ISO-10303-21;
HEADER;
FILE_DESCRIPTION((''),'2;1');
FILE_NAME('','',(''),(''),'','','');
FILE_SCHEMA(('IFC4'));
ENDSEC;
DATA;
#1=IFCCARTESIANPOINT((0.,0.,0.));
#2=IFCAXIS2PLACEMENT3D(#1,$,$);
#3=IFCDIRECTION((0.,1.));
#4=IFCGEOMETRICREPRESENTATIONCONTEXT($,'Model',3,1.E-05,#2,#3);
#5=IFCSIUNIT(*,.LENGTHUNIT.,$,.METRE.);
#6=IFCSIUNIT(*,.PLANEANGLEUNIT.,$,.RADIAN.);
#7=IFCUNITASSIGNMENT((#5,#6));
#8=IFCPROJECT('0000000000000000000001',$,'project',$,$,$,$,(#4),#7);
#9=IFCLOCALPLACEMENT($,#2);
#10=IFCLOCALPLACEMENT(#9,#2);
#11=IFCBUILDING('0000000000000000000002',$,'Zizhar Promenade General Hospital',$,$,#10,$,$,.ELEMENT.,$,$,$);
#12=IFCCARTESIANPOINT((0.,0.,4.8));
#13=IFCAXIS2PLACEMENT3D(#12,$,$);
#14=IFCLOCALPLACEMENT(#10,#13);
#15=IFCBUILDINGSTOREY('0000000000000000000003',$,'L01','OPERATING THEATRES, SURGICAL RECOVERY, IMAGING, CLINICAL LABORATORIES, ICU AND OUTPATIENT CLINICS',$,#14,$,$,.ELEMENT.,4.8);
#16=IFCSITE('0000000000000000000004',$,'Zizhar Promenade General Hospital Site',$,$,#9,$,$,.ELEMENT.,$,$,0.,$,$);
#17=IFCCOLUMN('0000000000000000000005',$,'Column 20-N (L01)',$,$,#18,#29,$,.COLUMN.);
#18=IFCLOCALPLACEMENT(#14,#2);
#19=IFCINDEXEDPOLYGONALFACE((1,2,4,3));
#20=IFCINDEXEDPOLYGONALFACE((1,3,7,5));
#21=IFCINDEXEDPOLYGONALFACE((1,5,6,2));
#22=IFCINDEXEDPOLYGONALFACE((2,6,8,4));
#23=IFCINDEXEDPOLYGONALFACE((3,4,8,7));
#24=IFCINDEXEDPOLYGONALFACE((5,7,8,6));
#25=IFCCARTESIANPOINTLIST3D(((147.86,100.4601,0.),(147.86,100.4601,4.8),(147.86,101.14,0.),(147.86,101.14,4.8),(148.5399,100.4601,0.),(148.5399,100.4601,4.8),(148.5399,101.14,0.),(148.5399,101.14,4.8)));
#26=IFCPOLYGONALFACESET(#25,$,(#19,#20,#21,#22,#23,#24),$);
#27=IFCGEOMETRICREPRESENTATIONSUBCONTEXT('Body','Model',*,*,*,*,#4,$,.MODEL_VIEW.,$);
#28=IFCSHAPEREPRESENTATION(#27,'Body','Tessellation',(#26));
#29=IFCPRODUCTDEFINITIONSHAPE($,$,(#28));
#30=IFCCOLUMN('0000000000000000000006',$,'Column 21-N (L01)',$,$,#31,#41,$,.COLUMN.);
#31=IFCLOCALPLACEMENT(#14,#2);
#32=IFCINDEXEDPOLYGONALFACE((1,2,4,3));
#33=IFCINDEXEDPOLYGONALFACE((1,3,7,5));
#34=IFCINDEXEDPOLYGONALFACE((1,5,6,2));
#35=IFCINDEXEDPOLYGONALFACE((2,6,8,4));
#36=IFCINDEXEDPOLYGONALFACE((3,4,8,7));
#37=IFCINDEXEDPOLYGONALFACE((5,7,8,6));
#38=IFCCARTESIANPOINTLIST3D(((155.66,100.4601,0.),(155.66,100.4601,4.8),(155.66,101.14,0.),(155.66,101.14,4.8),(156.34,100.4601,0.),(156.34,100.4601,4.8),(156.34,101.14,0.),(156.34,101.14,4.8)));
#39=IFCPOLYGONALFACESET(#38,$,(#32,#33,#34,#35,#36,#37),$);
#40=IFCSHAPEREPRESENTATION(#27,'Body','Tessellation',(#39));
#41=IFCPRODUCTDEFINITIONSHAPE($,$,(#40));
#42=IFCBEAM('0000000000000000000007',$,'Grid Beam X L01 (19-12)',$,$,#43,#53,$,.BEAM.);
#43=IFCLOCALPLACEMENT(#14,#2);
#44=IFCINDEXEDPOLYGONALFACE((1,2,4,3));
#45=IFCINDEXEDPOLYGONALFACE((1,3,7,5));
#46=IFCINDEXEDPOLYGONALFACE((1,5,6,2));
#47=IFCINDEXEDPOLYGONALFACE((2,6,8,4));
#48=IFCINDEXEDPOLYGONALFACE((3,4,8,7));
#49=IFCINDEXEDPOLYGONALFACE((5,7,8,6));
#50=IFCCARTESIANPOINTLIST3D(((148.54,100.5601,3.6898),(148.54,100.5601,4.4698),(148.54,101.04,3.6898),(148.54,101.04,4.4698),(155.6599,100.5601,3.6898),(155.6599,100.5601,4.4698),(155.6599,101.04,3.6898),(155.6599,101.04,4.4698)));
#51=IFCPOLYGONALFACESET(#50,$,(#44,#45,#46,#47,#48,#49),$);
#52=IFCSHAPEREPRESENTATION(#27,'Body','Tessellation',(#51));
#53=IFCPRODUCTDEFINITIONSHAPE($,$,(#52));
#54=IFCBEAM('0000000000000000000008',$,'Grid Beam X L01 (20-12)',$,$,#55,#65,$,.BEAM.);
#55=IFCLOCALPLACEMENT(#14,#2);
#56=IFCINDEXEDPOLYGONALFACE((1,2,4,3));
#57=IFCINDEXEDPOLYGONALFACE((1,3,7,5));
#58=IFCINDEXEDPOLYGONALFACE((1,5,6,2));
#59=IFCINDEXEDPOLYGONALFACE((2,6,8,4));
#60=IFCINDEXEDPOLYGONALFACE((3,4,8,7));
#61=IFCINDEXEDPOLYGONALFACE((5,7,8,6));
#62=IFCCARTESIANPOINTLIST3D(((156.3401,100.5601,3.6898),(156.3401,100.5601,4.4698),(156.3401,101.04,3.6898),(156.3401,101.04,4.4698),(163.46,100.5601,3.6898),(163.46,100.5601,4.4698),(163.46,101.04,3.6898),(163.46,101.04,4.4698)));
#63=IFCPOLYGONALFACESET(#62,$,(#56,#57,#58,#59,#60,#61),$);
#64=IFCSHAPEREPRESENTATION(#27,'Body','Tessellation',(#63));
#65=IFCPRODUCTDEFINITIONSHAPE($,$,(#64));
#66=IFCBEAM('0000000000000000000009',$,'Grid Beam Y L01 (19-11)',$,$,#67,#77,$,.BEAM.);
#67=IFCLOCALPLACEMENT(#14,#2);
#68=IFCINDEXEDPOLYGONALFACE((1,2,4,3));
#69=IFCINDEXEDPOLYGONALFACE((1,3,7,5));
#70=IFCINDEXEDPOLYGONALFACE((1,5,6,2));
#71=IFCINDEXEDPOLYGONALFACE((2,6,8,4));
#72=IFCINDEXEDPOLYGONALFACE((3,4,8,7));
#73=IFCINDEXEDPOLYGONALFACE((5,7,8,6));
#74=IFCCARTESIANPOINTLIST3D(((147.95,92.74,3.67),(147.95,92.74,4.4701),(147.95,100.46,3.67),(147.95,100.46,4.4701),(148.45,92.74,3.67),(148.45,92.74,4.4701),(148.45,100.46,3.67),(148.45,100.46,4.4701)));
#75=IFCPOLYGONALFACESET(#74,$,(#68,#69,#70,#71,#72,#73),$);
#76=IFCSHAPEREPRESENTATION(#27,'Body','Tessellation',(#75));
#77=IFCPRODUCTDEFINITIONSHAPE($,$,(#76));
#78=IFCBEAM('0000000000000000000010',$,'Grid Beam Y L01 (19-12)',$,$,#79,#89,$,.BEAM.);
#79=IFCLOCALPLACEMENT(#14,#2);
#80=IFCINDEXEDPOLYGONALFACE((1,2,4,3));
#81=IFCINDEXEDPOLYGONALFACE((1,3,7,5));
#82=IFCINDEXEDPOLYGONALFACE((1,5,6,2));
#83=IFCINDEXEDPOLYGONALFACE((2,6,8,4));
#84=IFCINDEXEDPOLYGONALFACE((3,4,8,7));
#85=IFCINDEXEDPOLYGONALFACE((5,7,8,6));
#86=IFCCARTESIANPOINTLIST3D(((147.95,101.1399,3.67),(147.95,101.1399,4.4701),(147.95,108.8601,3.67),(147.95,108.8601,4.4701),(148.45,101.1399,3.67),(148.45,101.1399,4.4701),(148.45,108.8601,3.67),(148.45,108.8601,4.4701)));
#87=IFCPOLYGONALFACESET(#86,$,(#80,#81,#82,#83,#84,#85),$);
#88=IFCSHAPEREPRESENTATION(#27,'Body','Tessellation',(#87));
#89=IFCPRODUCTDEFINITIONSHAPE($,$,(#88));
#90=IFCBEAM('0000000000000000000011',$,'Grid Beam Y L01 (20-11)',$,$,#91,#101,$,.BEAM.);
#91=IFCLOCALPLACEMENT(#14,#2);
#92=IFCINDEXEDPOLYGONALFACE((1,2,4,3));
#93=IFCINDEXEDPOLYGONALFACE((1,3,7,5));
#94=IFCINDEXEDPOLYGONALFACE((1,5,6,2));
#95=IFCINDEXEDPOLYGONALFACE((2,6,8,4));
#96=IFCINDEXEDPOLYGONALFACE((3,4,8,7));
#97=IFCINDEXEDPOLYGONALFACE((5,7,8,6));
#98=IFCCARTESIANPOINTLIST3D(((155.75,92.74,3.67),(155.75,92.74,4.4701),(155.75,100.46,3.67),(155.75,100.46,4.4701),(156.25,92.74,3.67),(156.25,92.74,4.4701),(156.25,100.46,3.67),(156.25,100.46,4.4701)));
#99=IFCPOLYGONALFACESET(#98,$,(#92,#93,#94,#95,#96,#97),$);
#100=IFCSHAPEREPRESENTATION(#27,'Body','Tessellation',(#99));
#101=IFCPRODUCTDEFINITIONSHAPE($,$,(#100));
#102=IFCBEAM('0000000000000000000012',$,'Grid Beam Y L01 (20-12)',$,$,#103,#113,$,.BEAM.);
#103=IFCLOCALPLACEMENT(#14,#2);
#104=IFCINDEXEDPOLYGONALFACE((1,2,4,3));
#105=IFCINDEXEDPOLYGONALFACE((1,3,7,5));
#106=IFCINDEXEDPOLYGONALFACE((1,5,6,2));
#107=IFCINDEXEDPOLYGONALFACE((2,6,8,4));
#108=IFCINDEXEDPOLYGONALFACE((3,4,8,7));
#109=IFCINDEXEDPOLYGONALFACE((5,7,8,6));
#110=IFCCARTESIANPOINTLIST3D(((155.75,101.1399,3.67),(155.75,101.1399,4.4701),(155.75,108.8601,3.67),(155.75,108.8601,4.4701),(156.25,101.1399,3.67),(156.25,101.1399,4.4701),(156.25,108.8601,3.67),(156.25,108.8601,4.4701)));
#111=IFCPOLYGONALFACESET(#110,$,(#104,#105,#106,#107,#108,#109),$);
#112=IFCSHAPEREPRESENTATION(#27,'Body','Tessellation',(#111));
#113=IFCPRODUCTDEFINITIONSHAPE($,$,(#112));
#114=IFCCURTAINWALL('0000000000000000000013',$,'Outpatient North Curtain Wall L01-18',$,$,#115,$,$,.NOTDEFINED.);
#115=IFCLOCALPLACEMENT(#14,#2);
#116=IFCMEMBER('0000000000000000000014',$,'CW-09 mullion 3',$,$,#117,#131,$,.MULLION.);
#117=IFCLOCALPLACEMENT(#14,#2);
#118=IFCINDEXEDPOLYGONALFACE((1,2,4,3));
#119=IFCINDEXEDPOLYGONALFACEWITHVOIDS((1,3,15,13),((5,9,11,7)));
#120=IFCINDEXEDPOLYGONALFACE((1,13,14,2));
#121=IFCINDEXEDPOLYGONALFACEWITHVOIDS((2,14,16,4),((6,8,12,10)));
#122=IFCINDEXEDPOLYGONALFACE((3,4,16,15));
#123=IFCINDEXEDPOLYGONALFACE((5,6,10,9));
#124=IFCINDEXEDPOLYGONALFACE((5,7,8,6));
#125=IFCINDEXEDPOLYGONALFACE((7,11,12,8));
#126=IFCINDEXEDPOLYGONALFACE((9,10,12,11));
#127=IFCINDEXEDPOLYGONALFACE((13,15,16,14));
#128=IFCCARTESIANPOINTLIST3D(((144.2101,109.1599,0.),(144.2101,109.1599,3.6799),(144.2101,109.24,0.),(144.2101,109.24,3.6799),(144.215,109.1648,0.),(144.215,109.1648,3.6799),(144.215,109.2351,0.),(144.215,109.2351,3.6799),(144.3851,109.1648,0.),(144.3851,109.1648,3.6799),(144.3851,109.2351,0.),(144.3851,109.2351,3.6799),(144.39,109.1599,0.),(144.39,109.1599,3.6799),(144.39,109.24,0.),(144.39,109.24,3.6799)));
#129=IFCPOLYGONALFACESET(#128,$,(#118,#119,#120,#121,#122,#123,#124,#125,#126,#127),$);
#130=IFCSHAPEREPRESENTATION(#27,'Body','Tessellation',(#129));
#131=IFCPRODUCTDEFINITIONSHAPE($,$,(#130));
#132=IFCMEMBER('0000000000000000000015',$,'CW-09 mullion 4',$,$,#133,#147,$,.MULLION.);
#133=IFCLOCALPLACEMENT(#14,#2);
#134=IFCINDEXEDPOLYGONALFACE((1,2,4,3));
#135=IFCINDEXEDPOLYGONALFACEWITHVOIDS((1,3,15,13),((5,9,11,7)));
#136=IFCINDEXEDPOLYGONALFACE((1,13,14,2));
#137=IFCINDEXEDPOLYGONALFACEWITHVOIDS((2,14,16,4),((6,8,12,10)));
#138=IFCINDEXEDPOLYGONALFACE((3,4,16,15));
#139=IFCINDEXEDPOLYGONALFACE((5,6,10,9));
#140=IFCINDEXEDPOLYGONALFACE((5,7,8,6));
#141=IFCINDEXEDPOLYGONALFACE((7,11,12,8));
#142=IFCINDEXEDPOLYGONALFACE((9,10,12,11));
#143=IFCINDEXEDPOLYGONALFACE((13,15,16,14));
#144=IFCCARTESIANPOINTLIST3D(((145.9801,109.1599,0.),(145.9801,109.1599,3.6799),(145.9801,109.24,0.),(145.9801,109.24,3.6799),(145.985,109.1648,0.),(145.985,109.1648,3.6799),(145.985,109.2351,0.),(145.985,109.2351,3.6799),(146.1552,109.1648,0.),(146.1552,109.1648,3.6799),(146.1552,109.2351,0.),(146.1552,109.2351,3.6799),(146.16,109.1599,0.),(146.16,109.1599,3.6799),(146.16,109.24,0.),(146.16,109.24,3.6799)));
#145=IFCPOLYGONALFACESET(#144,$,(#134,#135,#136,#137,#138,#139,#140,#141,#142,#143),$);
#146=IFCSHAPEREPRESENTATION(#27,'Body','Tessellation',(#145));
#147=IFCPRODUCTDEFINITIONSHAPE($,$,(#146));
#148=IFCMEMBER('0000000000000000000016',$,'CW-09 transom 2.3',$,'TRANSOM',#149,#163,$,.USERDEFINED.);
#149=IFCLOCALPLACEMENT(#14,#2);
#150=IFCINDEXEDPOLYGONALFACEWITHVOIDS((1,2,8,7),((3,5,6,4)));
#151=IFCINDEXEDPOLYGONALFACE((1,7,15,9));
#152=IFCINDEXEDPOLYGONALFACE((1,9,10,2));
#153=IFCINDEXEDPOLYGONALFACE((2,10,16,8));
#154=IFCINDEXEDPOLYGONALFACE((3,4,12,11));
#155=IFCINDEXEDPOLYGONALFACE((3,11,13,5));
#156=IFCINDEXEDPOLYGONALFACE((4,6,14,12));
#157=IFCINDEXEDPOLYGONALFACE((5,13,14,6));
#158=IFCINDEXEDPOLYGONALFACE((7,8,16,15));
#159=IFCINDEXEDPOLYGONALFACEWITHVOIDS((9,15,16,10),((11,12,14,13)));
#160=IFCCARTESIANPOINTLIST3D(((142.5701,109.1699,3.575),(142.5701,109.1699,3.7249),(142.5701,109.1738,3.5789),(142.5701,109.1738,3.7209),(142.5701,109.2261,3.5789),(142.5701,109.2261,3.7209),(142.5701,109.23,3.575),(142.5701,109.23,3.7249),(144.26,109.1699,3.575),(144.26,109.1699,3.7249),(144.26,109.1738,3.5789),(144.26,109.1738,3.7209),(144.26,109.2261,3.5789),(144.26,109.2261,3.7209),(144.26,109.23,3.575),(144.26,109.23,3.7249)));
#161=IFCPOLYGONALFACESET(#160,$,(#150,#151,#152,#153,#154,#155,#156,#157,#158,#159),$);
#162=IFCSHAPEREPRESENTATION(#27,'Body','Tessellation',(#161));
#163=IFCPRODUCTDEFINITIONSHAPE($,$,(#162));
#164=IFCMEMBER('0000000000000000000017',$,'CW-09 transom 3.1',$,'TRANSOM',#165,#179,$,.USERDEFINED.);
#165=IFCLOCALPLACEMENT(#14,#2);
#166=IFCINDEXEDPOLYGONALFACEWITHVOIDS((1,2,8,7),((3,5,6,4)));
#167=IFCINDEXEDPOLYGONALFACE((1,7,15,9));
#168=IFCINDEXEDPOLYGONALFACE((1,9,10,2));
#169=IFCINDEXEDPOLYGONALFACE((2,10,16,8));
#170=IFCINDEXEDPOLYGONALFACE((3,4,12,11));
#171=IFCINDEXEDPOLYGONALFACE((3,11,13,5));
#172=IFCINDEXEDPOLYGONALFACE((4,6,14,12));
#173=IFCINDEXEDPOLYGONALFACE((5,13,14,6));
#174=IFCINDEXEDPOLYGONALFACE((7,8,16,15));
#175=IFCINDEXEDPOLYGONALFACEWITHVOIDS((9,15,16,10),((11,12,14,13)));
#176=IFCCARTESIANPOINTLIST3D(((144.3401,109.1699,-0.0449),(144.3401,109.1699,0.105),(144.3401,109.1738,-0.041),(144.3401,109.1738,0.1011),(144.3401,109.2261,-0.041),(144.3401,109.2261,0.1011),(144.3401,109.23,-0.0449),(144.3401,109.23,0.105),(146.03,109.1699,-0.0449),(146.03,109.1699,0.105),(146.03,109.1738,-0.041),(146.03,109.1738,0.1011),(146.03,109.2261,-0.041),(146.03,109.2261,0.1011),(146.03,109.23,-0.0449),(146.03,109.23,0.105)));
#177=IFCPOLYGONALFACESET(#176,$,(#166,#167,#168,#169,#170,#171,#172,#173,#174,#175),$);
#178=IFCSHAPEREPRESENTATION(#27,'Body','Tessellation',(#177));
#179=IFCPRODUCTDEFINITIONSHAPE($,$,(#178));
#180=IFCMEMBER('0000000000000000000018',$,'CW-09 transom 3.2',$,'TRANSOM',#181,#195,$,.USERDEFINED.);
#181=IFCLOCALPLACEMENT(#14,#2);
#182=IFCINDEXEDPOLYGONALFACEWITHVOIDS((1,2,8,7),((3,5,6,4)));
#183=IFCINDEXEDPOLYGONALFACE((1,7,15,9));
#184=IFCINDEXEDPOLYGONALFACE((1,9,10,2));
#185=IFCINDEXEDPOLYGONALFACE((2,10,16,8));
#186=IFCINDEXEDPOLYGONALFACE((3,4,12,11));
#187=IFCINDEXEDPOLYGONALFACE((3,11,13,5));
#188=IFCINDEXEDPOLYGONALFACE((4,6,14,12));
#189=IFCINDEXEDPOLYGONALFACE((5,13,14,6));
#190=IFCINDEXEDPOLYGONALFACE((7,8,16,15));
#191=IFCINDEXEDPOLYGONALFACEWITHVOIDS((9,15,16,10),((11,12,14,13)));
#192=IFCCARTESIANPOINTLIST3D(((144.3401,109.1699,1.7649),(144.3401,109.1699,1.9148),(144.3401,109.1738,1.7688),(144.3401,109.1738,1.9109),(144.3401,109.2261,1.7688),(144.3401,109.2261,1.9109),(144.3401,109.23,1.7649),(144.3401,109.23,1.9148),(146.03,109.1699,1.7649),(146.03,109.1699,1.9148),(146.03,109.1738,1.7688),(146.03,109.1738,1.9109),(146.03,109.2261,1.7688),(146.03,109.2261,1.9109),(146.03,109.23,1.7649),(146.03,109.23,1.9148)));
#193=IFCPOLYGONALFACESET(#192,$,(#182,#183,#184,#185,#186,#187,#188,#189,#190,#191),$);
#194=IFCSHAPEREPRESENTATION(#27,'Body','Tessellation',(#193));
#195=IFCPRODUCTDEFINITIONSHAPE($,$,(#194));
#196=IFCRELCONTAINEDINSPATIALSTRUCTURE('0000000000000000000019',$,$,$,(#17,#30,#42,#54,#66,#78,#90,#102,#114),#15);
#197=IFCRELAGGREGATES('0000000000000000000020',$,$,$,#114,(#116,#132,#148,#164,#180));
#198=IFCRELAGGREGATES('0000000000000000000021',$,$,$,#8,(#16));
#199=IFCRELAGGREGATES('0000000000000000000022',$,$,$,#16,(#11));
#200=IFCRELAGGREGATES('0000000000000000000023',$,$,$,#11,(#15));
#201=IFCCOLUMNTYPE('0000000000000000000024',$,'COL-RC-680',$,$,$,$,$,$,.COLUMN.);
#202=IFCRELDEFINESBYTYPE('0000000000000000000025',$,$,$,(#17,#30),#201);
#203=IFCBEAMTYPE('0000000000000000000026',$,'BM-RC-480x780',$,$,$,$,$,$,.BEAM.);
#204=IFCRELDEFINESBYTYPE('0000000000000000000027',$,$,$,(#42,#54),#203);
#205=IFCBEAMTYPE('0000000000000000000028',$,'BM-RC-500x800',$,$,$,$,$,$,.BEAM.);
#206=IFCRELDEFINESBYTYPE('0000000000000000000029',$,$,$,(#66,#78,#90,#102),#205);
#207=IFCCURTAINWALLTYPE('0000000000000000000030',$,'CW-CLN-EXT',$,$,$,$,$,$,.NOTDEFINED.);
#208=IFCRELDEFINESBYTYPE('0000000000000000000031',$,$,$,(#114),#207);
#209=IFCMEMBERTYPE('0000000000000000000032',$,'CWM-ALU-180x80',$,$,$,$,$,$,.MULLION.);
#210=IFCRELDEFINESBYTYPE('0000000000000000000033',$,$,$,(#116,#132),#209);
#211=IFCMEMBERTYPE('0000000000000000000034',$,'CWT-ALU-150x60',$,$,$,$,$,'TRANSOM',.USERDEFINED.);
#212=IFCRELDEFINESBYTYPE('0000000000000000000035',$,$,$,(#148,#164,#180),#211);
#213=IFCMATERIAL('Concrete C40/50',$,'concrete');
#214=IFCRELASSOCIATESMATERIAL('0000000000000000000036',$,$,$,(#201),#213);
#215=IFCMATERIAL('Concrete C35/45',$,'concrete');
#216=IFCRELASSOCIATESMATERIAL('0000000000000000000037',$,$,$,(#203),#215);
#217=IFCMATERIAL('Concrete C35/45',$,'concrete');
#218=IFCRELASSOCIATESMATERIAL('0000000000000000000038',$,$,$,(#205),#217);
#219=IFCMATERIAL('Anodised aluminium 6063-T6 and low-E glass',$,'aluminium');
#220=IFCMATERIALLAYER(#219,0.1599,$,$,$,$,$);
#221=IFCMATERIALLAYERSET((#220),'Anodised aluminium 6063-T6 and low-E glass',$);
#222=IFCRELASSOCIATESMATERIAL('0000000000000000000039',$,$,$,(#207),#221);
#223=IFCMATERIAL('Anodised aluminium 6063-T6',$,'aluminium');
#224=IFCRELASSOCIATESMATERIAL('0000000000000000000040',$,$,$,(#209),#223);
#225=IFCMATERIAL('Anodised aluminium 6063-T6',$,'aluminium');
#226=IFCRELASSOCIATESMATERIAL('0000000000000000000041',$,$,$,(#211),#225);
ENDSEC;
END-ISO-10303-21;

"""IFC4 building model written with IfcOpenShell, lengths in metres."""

from ifc_helpers import new_model, si_unit, direction, frame, origin, origin_2d, place, context, subcontext, project, spatial, rectangle, hollow_rectangle, extrude, material, layer, layer_set, material_profile, profile_set, type_object, element, aggregate, save


model = new_model("IFC4")

# Units and contexts
model_context = context("Model", 3, precision=1e-05, world=origin(), true_north=direction((0.0, 1.0)))
body_context = subcontext(model_context, "Body", "Model", "MODEL_VIEW")
ifc_project = project(units=[si_unit("LENGTHUNIT", "METRE"), si_unit("PLANEANGLEUNIT", "RADIAN")], contexts=[model_context])

# Site, building, storey
site_placement = place(None, origin())
site = spatial("IfcSite", under=ifc_project, at=site_placement, Name="Zizhar Promenade General Hospital Site", CompositionType="ELEMENT", RefElevation=0.0)
building_placement = place(site_placement, origin())
building = spatial("IfcBuilding", under=site, at=building_placement, Name="Zizhar Promenade General Hospital", CompositionType="ELEMENT")
storey_placement = place(building_placement, frame((0.0, 0.0, 4.8)))
storey = spatial("IfcBuildingStorey", under=building, at=storey_placement, Name="L01", Description="OPERATING THEATRES, SURGICAL RECOVERY, IMAGING, CLINICAL LABORATORIES, ICU AND OUTPATIENT CLINICS", CompositionType="ELEMENT", Elevation=4.8)

# Columns
ifc_material_1 = material(Name="Concrete C40/50", Category="concrete")
ifc_material_profile_1 = material_profile(ifc_material_1, rectangle(XDim=0.6799, YDim=0.6799, at=origin_2d()))
ifc_profile_set_1 = profile_set([ifc_material_profile_1], Name="Concrete C40/50")
column_type = type_object("IfcColumnType", Name="COL-RC-680", PredefinedType="COLUMN", material=ifc_profile_set_1)
for number, where, z_axis, x_axis, name in (
    (1, (148.2, 100.8, 0.0), (0.0, 0.0, 1.0), (1.0, 0.0, 0.0), "Column 20-N (L01)"),
    (2, (156.0, 100.8, 0.0), (0.0, 0.0, 1.0), (1.0, 0.0, 0.0), "Column 21-N (L01)"),
):
    element("IfcColumn", number, at=place(storey_placement, frame(where, z_axis=z_axis, x_axis=x_axis)), inside=storey, type_object=column_type, Name=name, PredefinedType="COLUMN", context=body_context, shape_type="SweptSolid", body=[
        extrude(rectangle(XDim=0.6799, YDim=0.6799, at=origin_2d()), origin(), (0.0, 0.0, 1.0), 4.8),
    ])

# Beams
ifc_material_2 = material(Name="Concrete C35/45", Category="concrete")
ifc_material_profile_2 = material_profile(ifc_material_2, rectangle(XDim=0.48, YDim=0.78, at=origin_2d()))
ifc_profile_set_2 = profile_set([ifc_material_profile_2], Name="Concrete C35/45")
beam_type_1 = type_object("IfcBeamType", Name="BM-RC-480x780", PredefinedType="BEAM", material=ifc_profile_set_2)
for number, where, z_axis, x_axis, name in (
    (3, (148.54, 100.8, 4.0798), (1.0, 0.0, 0.0), (0.0, 1.0, 0.0), "Grid Beam X L01 (19-12)"),
    (4, (156.3401, 100.8, 4.0798), (1.0, 0.0, 0.0), (0.0, 1.0, 0.0), "Grid Beam X L01 (20-12)"),
):
    element("IfcBeam", number, at=place(storey_placement, frame(where, z_axis=z_axis, x_axis=x_axis)), inside=storey, type_object=beam_type_1, Name=name, PredefinedType="BEAM", context=body_context, shape_type="SweptSolid", body=[
        extrude(rectangle(XDim=0.48, YDim=0.78, at=origin_2d()), origin(), (0.0, 0.0, 1.0), 7.1199),
    ])
ifc_material_3 = material(Name="Concrete C35/45", Category="concrete")
ifc_material_profile_3 = material_profile(ifc_material_3, rectangle(XDim=0.5, YDim=0.8, at=origin_2d()))
ifc_profile_set_3 = profile_set([ifc_material_profile_3], Name="Concrete C35/45")
beam_type_2 = type_object("IfcBeamType", Name="BM-RC-500x800", PredefinedType="BEAM", material=ifc_profile_set_3)
beam_1_placement = place(storey_placement, frame((148.2, 92.74, 4.0701), z_axis=(0.0, 1.0, 0.0), x_axis=(-1.0, 0.0, 0.0)))
element("IfcBeam", 5, at=beam_1_placement, inside=storey, type_object=beam_type_2, Name="Grid Beam Y L01 (19-11)", PredefinedType="BEAM", context=body_context, shape_type="SweptSolid", body=[
    extrude(rectangle(XDim=0.5, YDim=0.8, at=origin_2d()), origin(), (0.0, 0.0, 1.0), 7.72),
])
beam_2_placement = place(storey_placement, frame((148.2, 101.1399, 4.0701), z_axis=(0.0, 1.0, 0.0), x_axis=(-1.0, 0.0, 0.0)))
element("IfcBeam", 6, at=beam_2_placement, inside=storey, type_object=beam_type_2, Name="Grid Beam Y L01 (19-12)", PredefinedType="BEAM", context=body_context, shape_type="SweptSolid", body=[
    extrude(rectangle(XDim=0.5, YDim=0.8, at=origin_2d()), origin(), (0.0, 0.0, 1.0), 7.7202),
])
beam_3_placement = place(storey_placement, frame((156.0, 92.74, 4.0701), z_axis=(0.0, 1.0, 0.0), x_axis=(-1.0, 0.0, 0.0)))
element("IfcBeam", 7, at=beam_3_placement, inside=storey, type_object=beam_type_2, Name="Grid Beam Y L01 (20-11)", PredefinedType="BEAM", context=body_context, shape_type="SweptSolid", body=[
    extrude(rectangle(XDim=0.5, YDim=0.8, at=origin_2d()), origin(), (0.0, 0.0, 1.0), 7.72),
])
beam_4_placement = place(storey_placement, frame((156.0, 101.1399, 4.0701), z_axis=(0.0, 1.0, 0.0), x_axis=(-1.0, 0.0, 0.0)))
element("IfcBeam", 8, at=beam_4_placement, inside=storey, type_object=beam_type_2, Name="Grid Beam Y L01 (20-12)", PredefinedType="BEAM", context=body_context, shape_type="SweptSolid", body=[
    extrude(rectangle(XDim=0.5, YDim=0.8, at=origin_2d()), origin(), (0.0, 0.0, 1.0), 7.7202),
])

# Curtain wall, members
ifc_material_4 = material(Name="Anodised aluminium 6063-T6 and low-E glass", Category="aluminium")
ifc_layer_1 = layer(ifc_material_4, 0.1599)
ifc_layer_set_1 = layer_set([ifc_layer_1], Name="Anodised aluminium 6063-T6 and low-E glass")
curtain_wall_type_1 = type_object("IfcCurtainWallType", Name="CW-CLN-EXT", PredefinedType="NOTDEFINED", material=ifc_layer_set_1)
curtain_wall_1_placement = place(storey_placement, origin())
curtain_wall_1 = element("IfcCurtainWall", 9, at=curtain_wall_1_placement, inside=storey, type_object=curtain_wall_type_1, Name="Outpatient North Curtain Wall L01-18", PredefinedType="NOTDEFINED")
ifc_material_5 = material(Name="Anodised aluminium 6063-T6", Category="aluminium")
ifc_material_profile_4 = material_profile(ifc_material_5, hollow_rectangle(XDim=0.0801, YDim=0.1799, WallThickness=0.0049, at=origin_2d()))
ifc_profile_set_4 = profile_set([ifc_material_profile_4], Name="Anodised aluminium 6063-T6")
member_type_1 = type_object("IfcMemberType", Name="CWM-ALU-180x80", PredefinedType="MULLION", material=ifc_profile_set_4)
member_1_placement = place(storey_placement, frame((144.3, 109.2, 0.0), z_axis=(0.0, 0.0, 1.0), x_axis=(0.0, 1.0, 0.0)))
member_1 = element("IfcMember", 10, at=member_1_placement, type_object=member_type_1, Name="CW-09 mullion 3", PredefinedType="MULLION", context=body_context, shape_type="SweptSolid", body=[
    extrude(hollow_rectangle(XDim=0.0801, YDim=0.1799, WallThickness=0.0049, at=origin_2d()), origin(), (0.0, 0.0, 1.0), 3.6799),
])
member_2_placement = place(storey_placement, frame((146.0701, 109.2, 0.0), z_axis=(0.0, 0.0, 1.0), x_axis=(0.0, 1.0, 0.0)))
member_2 = element("IfcMember", 11, at=member_2_placement, type_object=member_type_1, Name="CW-09 mullion 4", PredefinedType="MULLION", context=body_context, shape_type="SweptSolid", body=[
    extrude(hollow_rectangle(XDim=0.0801, YDim=0.1799, WallThickness=0.0049, at=origin_2d()), origin(), (0.0, 0.0, 1.0), 3.6799),
])
ifc_material_6 = material(Name="Anodised aluminium 6063-T6", Category="aluminium")
ifc_material_profile_5 = material_profile(ifc_material_6, hollow_rectangle(XDim=0.0601, YDim=0.1499, WallThickness=0.0039, at=origin_2d()))
ifc_profile_set_5 = profile_set([ifc_material_profile_5], Name="Anodised aluminium 6063-T6")
member_type_2 = type_object("IfcMemberType", Name="CWT-ALU-150x60", ElementType="TRANSOM", PredefinedType="USERDEFINED", material=ifc_profile_set_5)
member_3_placement = place(storey_placement, frame((142.5701, 109.2, 3.6499), z_axis=(1.0, 0.0, 0.0), x_axis=(0.0, 1.0, 0.0)))
member_3 = element("IfcMember", 12, at=member_3_placement, type_object=member_type_2, Name="CW-09 transom 2.3", ObjectType="TRANSOM", PredefinedType="USERDEFINED", context=body_context, shape_type="SweptSolid", body=[
    extrude(hollow_rectangle(XDim=0.0601, YDim=0.1499, WallThickness=0.0039, at=origin_2d()), origin(), (0.0, 0.0, 1.0), 1.6899),
])
member_4_placement = place(storey_placement, frame((144.3401, 109.2, 0.03), z_axis=(1.0, 0.0, 0.0), x_axis=(0.0, 1.0, 0.0)))
member_4 = element("IfcMember", 13, at=member_4_placement, type_object=member_type_2, Name="CW-09 transom 3.1", ObjectType="TRANSOM", PredefinedType="USERDEFINED", context=body_context, shape_type="SweptSolid", body=[
    extrude(hollow_rectangle(XDim=0.0601, YDim=0.1499, WallThickness=0.0039, at=origin_2d()), origin(), (0.0, 0.0, 1.0), 1.6899),
])
member_5_placement = place(storey_placement, frame((144.3401, 109.2, 1.8398), z_axis=(1.0, 0.0, 0.0), x_axis=(0.0, 1.0, 0.0)))
member_5 = element("IfcMember", 14, at=member_5_placement, type_object=member_type_2, Name="CW-09 transom 3.2", ObjectType="TRANSOM", PredefinedType="USERDEFINED", context=body_context, shape_type="SweptSolid", body=[
    extrude(hollow_rectangle(XDim=0.0601, YDim=0.1499, WallThickness=0.0039, at=origin_2d()), origin(), (0.0, 0.0, 1.0), 1.6899),
])
aggregate(curtain_wall_1, [member_1, member_2, member_3, member_4, member_5])

save(model, "model.ifc")
